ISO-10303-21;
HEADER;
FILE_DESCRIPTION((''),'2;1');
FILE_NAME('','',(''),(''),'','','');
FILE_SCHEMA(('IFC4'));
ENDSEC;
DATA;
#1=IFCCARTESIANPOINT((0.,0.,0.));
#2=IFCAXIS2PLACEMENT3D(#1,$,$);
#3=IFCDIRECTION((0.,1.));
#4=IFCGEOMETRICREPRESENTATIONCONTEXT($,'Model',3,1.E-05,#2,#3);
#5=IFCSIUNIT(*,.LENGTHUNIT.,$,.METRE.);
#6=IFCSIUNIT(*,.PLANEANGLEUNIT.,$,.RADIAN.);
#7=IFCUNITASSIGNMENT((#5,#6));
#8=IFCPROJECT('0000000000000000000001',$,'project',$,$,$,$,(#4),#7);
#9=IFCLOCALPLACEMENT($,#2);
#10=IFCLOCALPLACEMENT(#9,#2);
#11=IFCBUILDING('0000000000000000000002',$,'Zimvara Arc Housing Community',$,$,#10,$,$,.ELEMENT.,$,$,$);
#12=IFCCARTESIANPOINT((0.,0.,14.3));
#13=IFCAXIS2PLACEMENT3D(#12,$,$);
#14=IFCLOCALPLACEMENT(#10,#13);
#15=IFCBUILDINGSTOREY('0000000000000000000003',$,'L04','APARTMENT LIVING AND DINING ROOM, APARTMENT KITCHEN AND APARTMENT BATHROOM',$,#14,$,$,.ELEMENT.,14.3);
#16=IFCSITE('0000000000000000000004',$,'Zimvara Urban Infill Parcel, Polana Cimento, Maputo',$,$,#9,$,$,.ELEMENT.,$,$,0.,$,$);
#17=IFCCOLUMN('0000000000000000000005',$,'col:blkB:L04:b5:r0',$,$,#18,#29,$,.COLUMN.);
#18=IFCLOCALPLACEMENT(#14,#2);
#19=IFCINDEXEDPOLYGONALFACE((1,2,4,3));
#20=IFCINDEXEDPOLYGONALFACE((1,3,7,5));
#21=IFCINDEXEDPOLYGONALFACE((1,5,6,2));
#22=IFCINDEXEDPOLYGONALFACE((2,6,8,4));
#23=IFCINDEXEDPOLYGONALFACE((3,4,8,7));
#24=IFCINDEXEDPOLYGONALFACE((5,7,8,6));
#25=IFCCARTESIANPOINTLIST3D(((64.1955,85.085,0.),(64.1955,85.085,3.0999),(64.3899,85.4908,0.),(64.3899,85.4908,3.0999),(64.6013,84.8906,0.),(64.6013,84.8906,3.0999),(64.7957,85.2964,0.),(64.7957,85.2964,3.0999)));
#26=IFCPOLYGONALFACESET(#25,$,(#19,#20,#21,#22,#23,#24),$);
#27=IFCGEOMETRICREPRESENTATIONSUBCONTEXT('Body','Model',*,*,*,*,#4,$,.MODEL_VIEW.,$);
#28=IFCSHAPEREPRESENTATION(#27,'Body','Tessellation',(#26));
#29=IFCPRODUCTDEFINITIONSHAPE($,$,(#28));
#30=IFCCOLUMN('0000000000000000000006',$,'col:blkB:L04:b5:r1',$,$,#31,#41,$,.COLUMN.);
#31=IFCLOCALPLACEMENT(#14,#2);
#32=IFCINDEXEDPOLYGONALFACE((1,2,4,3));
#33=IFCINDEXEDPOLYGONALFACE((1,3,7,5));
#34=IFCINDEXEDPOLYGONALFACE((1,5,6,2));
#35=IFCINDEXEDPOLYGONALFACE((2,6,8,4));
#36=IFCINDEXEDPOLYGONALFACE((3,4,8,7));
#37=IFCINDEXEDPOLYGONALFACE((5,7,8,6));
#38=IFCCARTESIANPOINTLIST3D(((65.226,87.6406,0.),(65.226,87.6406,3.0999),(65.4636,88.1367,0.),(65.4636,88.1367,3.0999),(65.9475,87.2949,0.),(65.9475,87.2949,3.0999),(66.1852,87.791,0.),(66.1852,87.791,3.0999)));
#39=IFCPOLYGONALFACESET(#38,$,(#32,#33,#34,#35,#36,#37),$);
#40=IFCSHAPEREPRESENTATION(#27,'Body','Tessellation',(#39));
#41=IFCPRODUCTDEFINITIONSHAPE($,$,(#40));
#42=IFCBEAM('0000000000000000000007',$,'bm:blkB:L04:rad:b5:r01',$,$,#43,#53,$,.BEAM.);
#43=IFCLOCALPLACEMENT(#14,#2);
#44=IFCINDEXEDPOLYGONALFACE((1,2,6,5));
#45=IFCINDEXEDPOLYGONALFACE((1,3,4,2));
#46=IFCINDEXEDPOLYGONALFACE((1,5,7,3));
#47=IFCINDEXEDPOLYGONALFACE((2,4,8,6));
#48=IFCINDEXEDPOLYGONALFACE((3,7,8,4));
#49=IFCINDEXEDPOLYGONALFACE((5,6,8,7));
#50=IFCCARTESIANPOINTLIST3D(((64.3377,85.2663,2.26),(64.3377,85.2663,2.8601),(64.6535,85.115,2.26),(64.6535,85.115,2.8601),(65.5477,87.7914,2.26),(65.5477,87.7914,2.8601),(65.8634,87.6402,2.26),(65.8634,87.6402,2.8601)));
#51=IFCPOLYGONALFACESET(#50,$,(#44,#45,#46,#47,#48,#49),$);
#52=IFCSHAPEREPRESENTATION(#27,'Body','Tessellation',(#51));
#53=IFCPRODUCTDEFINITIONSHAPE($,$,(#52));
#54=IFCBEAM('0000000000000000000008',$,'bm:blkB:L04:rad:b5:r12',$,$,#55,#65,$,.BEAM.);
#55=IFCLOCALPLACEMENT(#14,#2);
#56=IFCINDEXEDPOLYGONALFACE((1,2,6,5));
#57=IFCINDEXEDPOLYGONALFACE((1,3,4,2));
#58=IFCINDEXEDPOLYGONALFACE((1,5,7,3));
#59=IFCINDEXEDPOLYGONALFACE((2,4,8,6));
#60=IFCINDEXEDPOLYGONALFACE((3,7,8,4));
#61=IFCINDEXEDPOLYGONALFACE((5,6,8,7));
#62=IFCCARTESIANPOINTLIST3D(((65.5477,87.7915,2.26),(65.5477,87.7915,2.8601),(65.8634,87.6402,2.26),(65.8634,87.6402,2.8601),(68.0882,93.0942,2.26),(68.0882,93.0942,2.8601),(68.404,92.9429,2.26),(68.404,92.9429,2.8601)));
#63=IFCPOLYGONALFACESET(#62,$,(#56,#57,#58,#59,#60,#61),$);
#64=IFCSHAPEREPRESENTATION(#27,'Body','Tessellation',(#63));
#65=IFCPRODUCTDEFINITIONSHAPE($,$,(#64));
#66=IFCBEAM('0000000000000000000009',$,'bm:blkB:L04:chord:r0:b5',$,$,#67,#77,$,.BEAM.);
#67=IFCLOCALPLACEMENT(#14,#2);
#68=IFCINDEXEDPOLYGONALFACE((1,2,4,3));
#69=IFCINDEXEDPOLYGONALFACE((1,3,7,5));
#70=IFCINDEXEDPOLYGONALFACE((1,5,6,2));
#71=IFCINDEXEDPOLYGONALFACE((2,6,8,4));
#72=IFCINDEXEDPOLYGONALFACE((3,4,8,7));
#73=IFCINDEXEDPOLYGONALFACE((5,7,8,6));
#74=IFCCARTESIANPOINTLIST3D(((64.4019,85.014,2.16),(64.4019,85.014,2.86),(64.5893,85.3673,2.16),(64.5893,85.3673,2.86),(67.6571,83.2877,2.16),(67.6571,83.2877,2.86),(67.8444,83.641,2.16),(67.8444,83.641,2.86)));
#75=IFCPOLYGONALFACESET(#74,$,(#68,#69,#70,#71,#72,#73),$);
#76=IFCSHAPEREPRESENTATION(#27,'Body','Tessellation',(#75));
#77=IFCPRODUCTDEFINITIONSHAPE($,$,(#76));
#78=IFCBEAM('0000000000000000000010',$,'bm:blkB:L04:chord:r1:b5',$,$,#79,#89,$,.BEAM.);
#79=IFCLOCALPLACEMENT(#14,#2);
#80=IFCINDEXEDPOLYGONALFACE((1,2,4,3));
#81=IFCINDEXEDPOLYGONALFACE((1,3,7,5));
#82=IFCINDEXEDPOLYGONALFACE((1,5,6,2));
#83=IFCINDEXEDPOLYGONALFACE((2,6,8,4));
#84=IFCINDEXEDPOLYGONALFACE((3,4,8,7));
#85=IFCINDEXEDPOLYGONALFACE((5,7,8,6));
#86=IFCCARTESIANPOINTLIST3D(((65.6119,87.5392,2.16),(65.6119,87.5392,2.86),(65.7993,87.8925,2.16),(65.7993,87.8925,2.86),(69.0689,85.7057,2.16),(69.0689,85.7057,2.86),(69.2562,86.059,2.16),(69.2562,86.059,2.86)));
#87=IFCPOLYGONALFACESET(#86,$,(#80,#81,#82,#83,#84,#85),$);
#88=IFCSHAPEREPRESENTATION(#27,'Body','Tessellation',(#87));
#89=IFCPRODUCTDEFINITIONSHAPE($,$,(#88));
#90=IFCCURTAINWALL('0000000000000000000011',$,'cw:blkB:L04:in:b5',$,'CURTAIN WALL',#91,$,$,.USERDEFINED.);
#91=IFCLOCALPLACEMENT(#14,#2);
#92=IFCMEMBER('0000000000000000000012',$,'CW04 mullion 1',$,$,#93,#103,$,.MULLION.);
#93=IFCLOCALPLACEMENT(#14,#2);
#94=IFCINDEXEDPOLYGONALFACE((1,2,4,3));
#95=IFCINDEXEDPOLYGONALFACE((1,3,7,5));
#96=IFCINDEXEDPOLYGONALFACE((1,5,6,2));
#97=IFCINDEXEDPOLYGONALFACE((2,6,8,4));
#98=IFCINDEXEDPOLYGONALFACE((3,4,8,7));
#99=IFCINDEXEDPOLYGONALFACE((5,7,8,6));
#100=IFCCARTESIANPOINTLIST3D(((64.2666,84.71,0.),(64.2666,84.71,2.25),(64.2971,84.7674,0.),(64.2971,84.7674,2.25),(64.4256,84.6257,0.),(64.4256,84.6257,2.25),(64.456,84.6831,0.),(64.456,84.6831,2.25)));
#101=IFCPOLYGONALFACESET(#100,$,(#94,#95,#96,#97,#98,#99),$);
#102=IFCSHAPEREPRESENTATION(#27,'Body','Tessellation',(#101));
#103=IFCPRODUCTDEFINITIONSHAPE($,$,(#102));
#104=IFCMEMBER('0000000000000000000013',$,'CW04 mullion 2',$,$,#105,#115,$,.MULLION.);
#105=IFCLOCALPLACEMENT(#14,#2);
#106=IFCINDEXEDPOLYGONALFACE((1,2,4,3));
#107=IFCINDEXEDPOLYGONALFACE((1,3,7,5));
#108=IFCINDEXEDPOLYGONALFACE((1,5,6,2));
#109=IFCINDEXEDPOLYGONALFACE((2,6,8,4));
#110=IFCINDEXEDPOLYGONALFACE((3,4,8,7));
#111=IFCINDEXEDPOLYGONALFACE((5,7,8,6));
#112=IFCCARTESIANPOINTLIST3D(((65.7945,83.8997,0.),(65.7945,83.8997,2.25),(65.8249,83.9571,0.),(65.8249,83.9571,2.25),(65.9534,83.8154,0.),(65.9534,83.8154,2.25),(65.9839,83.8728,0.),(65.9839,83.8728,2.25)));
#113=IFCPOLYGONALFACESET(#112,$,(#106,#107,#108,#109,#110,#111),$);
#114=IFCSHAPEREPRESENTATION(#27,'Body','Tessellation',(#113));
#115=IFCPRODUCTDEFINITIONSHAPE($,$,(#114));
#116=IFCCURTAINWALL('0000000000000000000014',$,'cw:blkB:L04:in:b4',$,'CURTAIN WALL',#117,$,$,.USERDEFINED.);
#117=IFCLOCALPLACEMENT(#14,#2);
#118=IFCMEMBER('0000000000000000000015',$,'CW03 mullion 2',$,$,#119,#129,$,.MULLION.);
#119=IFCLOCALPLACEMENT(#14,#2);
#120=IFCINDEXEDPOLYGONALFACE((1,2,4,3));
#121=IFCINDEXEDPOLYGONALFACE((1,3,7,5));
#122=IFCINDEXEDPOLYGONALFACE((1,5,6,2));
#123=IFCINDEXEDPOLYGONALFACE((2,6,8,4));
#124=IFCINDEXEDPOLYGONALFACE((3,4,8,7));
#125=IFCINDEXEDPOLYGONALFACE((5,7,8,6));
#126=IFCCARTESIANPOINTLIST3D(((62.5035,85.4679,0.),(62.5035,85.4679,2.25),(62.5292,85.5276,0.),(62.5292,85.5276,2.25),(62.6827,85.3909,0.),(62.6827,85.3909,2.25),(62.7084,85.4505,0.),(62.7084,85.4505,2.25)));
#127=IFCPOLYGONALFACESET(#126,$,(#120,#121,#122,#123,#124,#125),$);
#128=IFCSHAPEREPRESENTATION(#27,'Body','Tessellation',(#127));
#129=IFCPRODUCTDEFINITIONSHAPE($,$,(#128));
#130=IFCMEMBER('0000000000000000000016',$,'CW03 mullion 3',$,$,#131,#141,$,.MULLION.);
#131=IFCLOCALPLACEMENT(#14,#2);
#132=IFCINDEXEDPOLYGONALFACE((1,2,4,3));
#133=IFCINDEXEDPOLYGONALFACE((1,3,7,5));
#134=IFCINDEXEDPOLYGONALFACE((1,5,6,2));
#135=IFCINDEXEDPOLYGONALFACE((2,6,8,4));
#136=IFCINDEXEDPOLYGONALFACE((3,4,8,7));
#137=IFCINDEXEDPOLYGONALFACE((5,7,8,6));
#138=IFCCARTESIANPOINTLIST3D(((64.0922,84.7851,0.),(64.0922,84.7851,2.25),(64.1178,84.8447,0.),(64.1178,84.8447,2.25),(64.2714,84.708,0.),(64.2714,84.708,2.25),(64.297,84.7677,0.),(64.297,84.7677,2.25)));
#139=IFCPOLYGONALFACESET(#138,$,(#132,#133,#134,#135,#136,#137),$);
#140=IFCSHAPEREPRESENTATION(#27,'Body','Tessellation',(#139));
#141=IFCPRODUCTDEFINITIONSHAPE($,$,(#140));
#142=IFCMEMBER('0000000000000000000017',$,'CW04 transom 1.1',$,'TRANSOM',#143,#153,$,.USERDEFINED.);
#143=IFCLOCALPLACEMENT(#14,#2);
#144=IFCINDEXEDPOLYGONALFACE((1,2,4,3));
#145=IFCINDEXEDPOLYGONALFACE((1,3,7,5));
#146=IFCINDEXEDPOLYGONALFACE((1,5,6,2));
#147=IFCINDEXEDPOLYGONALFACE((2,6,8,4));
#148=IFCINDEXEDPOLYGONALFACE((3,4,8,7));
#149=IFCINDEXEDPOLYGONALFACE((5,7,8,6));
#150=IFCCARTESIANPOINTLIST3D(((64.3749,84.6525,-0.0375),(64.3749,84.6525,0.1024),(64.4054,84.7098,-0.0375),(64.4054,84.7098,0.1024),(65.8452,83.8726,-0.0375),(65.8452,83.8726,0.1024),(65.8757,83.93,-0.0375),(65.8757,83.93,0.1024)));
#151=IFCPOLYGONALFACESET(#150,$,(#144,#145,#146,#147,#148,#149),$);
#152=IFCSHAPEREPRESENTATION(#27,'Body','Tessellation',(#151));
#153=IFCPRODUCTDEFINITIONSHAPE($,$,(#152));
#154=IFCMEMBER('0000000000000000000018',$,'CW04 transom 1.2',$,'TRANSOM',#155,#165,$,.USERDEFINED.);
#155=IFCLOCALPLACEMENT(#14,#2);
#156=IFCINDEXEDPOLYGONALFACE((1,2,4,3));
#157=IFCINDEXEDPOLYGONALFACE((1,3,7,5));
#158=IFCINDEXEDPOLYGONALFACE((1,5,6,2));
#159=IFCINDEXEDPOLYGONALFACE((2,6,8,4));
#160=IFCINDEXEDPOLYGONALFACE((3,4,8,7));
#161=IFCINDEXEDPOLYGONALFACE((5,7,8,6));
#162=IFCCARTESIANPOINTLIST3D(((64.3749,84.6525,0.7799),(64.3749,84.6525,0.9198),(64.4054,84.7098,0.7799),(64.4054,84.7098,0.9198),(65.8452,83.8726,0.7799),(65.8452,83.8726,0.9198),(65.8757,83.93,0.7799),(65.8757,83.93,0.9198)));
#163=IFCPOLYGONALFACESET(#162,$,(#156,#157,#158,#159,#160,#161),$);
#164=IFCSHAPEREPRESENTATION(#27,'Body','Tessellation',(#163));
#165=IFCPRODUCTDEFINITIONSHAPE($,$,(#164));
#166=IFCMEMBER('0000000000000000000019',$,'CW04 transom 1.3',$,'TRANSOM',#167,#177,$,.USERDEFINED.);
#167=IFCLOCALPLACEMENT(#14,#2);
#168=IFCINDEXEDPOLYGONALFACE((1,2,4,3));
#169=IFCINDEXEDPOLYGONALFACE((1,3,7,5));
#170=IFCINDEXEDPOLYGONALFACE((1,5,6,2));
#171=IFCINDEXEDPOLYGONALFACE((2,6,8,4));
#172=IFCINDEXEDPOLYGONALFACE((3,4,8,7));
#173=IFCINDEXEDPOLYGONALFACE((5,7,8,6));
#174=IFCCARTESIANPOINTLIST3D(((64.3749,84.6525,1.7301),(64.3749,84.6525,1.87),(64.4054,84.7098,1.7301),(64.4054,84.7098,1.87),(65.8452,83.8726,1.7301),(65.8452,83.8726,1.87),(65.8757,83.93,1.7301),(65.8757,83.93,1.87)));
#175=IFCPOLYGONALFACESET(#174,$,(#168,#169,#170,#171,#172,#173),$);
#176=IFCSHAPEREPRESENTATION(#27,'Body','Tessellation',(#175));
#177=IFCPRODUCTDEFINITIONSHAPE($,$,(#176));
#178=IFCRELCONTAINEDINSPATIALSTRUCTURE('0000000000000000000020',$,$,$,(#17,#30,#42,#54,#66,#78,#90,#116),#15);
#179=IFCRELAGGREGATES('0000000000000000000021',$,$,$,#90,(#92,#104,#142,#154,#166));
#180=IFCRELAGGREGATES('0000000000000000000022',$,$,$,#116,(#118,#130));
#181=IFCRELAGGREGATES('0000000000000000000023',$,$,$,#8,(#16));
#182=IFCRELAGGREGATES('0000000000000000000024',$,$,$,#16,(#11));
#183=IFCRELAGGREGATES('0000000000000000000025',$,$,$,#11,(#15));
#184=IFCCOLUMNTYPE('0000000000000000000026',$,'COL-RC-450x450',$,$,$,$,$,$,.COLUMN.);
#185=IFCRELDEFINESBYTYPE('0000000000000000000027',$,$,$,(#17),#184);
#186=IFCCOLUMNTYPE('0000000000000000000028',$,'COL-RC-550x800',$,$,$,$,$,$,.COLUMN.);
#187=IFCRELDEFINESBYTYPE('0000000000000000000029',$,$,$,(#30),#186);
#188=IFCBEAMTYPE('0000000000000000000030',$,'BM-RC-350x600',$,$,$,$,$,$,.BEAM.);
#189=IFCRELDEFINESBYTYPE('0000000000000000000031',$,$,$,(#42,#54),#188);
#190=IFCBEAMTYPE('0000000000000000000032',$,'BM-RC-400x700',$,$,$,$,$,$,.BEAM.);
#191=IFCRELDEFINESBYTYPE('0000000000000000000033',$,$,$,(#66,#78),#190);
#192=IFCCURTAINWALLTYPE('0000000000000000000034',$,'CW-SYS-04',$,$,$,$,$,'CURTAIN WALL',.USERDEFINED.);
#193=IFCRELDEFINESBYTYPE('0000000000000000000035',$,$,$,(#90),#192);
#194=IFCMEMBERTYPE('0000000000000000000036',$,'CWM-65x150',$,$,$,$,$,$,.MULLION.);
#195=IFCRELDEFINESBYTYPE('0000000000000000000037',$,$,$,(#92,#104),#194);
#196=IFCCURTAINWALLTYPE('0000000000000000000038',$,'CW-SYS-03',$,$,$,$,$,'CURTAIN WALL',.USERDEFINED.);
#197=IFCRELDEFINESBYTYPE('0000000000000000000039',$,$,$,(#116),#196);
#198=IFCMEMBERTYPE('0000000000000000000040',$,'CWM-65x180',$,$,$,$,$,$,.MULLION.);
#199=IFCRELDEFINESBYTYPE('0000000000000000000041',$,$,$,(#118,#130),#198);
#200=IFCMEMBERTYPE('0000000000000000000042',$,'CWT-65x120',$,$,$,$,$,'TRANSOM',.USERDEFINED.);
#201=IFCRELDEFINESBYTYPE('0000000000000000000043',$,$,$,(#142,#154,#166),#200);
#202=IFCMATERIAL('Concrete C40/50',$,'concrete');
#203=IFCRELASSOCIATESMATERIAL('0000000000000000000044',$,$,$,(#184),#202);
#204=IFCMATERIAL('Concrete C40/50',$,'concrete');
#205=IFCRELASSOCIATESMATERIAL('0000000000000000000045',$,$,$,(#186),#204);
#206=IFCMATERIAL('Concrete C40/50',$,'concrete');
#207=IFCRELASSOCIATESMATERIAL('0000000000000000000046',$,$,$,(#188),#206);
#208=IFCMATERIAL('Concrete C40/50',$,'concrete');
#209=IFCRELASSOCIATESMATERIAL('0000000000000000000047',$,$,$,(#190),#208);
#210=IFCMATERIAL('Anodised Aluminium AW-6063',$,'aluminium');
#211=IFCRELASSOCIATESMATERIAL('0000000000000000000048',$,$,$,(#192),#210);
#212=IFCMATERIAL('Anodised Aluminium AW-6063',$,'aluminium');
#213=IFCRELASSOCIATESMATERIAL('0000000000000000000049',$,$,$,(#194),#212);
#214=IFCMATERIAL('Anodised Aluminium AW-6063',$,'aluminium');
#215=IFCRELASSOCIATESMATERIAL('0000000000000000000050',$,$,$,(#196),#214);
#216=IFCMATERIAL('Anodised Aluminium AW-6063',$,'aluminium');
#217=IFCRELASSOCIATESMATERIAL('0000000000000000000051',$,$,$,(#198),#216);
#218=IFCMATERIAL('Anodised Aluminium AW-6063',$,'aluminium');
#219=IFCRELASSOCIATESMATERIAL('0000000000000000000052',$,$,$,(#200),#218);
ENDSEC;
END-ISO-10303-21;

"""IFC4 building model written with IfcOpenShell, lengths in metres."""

from ifc_helpers import new_model, si_unit, direction, frame, origin, origin_2d, place, context, subcontext, project, spatial, rectangle, extrude, material, material_profile, profile_set, type_object, element, aggregate, save


model = new_model("IFC4")

# Units and contexts
model_context = context("Model", 3, precision=1e-05, world=origin(), true_north=direction((0.0, 1.0)))
body_context = subcontext(model_context, "Body", "Model", "MODEL_VIEW")
ifc_project = project(units=[si_unit("LENGTHUNIT", "METRE"), si_unit("PLANEANGLEUNIT", "RADIAN")], contexts=[model_context])

# Site, building, storey
site_placement = place(None, origin())
site = spatial("IfcSite", under=ifc_project, at=site_placement, Name="Zimvara Urban Infill Parcel, Polana Cimento, Maputo", CompositionType="ELEMENT", RefElevation=0.0)
building_placement = place(site_placement, origin())
building = spatial("IfcBuilding", under=site, at=building_placement, Name="Zimvara Arc Housing Community", CompositionType="ELEMENT")
storey_placement = place(building_placement, frame((0.0, 0.0, 14.3)))
storey = spatial("IfcBuildingStorey", under=building, at=storey_placement, Name="L04", Description="APARTMENT LIVING AND DINING ROOM, APARTMENT KITCHEN AND APARTMENT BATHROOM", CompositionType="ELEMENT", Elevation=14.3)

# Columns
ifc_material_1 = material(Name="Concrete C40/50", Category="concrete")
ifc_material_profile_1 = material_profile(ifc_material_1, rectangle(XDim=0.45, YDim=0.45, at=origin_2d()), Name="RC 450x450")
ifc_profile_set_1 = profile_set([ifc_material_profile_1], Name="Concrete C40/50")
column_type_1 = type_object("IfcColumnType", Name="COL-RC-450x450", PredefinedType="COLUMN", material=ifc_profile_set_1)
column_1_placement = place(storey_placement, frame((64.4956, 85.1907, 0.0), z_axis=(0.0, 0.0, 1.0), x_axis=(0.432086, 0.901833, 0.0)))
element("IfcColumn", 1, at=column_1_placement, inside=storey, type_object=column_type_1, Name="col:blkB:L04:b5:r0", PredefinedType="COLUMN", context=body_context, shape_type="SweptSolid", body=[
    extrude(rectangle(XDim=0.45, YDim=0.45, at=origin_2d()), origin(), (0.0, 0.0, 1.0), 3.0999),
])
ifc_material_2 = material(Name="Concrete C40/50", Category="concrete")
ifc_material_profile_2 = material_profile(ifc_material_2, rectangle(XDim=0.55, YDim=0.8, at=origin_2d()), Name="RC 550x800")
ifc_profile_set_2 = profile_set([ifc_material_profile_2], Name="Concrete C40/50")
column_type_2 = type_object("IfcColumnType", Name="COL-RC-550x800", PredefinedType="COLUMN", material=ifc_profile_set_2)
column_2_placement = place(storey_placement, frame((65.7056, 87.7158, 0.0), z_axis=(0.0, 0.0, 1.0), x_axis=(0.432086, 0.901833, 0.0)))
element("IfcColumn", 2, at=column_2_placement, inside=storey, type_object=column_type_2, Name="col:blkB:L04:b5:r1", PredefinedType="COLUMN", context=body_context, shape_type="SweptSolid", body=[
    extrude(rectangle(XDim=0.55, YDim=0.8, at=origin_2d()), origin(), (0.0, 0.0, 1.0), 3.0999),
])

# Beams
ifc_material_3 = material(Name="Concrete C40/50", Category="concrete")
ifc_material_profile_3 = material_profile(ifc_material_3, rectangle(XDim=0.3501, YDim=0.6001, at=origin_2d()), Name="RC 350x600")
ifc_profile_set_3 = profile_set([ifc_material_profile_3], Name="Concrete C40/50")
beam_type_1 = type_object("IfcBeamType", Name="BM-RC-350x600", PredefinedType="BEAM", material=ifc_profile_set_3)
beam_1_placement = place(storey_placement, frame((64.4956, 85.1907, 2.5601), z_axis=(0.432119, 0.901817, 0.0), x_axis=(-0.901817, 0.432119, 0.0)))
element("IfcBeam", 3, at=beam_1_placement, inside=storey, type_object=beam_type_1, Name="bm:blkB:L04:rad:b5:r01", PredefinedType="BEAM", context=body_context, shape_type="SweptSolid", body=[
    extrude(rectangle(XDim=0.3501, YDim=0.6001, at=origin_2d()), origin(), (0.0, 0.0, 1.0), 2.8),
])
beam_2_placement = place(storey_placement, frame((65.7056, 87.7158, 2.5601), z_axis=(0.43207, 0.90184, 0.0), x_axis=(-0.90184, 0.43207, 0.0)))
element("IfcBeam", 4, at=beam_2_placement, inside=storey, type_object=beam_type_1, Name="bm:blkB:L04:rad:b5:r12", PredefinedType="BEAM", context=body_context, shape_type="SweptSolid", body=[
    extrude(rectangle(XDim=0.3501, YDim=0.6001, at=origin_2d()), origin(), (0.0, 0.0, 1.0), 5.8799),
])
ifc_material_4 = material(Name="Concrete C40/50", Category="concrete")
ifc_material_profile_4 = material_profile(ifc_material_4, rectangle(XDim=0.3999, YDim=0.7, at=origin_2d()), Name="RC 400x700")
ifc_profile_set_4 = profile_set([ifc_material_profile_4], Name="Concrete C40/50")
beam_type_2 = type_object("IfcBeamType", Name="BM-RC-400x700", PredefinedType="BEAM", material=ifc_profile_set_4)
beam_3_placement = place(storey_placement, frame((64.4956, 85.1907, 2.51), z_axis=(0.883449, -0.468527, 0.0), x_axis=(0.468527, 0.883449, 0.0)))
element("IfcBeam", 5, at=beam_3_placement, inside=storey, type_object=beam_type_2, Name="bm:blkB:L04:chord:r0:b5", PredefinedType="BEAM", context=body_context, shape_type="SweptSolid", body=[
    extrude(rectangle(XDim=0.3999, YDim=0.7, at=origin_2d()), origin(), (0.0, 0.0, 1.0), 3.6846),
])
beam_4_placement = place(storey_placement, frame((65.7056, 87.7158, 2.51), z_axis=(0.883439, -0.468547, 0.0), x_axis=(0.468547, 0.883439, 0.0)))
element("IfcBeam", 6, at=beam_4_placement, inside=storey, type_object=beam_type_2, Name="bm:blkB:L04:chord:r1:b5", PredefinedType="BEAM", context=body_context, shape_type="SweptSolid", body=[
    extrude(rectangle(XDim=0.3999, YDim=0.7, at=origin_2d()), origin(), (0.0, 0.0, 1.0), 3.9131),
])

# Curtain walls, members
ifc_material_5 = material(Name="Anodised Aluminium AW-6063", Category="aluminium")
curtain_wall_type_1 = type_object("IfcCurtainWallType", Name="CW-SYS-04", ElementType="CURTAIN WALL", PredefinedType="USERDEFINED", material=ifc_material_5)
curtain_wall_1_placement = place(storey_placement, origin())
curtain_wall_1 = element("IfcCurtainWall", 7, at=curtain_wall_1_placement, inside=storey, type_object=curtain_wall_type_1, Name="cw:blkB:L04:in:b5", ObjectType="CURTAIN WALL", PredefinedType="USERDEFINED")
ifc_material_6 = material(Name="Anodised Aluminium AW-6063", Category="aluminium")
ifc_material_profile_5 = material_profile(ifc_material_6, rectangle(XDim=0.0649, YDim=0.1799, at=origin_2d()), Name="ALU 65x180")
ifc_profile_set_5 = profile_set([ifc_material_profile_5], Name="Anodised Aluminium AW-6063")
member_type_1 = type_object("IfcMemberType", Name="CWM-65x150", PredefinedType="MULLION", material=ifc_profile_set_5)
member_1_placement = place(storey_placement, frame((64.3613, 84.6965, 0.0), z_axis=(0.0, 0.0, 1.0), x_axis=(0.468545, 0.88344, 0.0)))
member_1 = element("IfcMember", 8, at=member_1_placement, type_object=member_type_1, Name="CW04 mullion 1", PredefinedType="MULLION", context=body_context, shape_type="SweptSolid", body=[
    extrude(rectangle(XDim=0.0649, YDim=0.1799, at=origin_2d()), origin(), (0.0, 0.0, 1.0), 2.25),
])
member_2_placement = place(storey_placement, frame((65.8892, 83.8862, 0.0), z_axis=(0.0, 0.0, 1.0), x_axis=(0.468545, 0.88344, 0.0)))
member_2 = element("IfcMember", 9, at=member_2_placement, type_object=member_type_1, Name="CW04 mullion 2", PredefinedType="MULLION", context=body_context, shape_type="SweptSolid", body=[
    extrude(rectangle(XDim=0.0649, YDim=0.1799, at=origin_2d()), origin(), (0.0, 0.0, 1.0), 2.25),
])
ifc_material_7 = material(Name="Anodised Aluminium AW-6063", Category="aluminium")
curtain_wall_type_2 = type_object("IfcCurtainWallType", Name="CW-SYS-03", ElementType="CURTAIN WALL", PredefinedType="USERDEFINED", material=ifc_material_7)
curtain_wall_2_placement = place(storey_placement, origin())
curtain_wall_2 = element("IfcCurtainWall", 10, at=curtain_wall_2_placement, inside=storey, type_object=curtain_wall_type_2, Name="cw:blkB:L04:in:b4", ObjectType="CURTAIN WALL", PredefinedType="USERDEFINED")
ifc_material_8 = material(Name="Anodised Aluminium AW-6063", Category="aluminium")
ifc_material_profile_6 = material_profile(ifc_material_8, rectangle(XDim=0.0649, YDim=0.1951, at=origin_2d()), Name="ALU 65x195")
ifc_profile_set_6 = profile_set([ifc_material_profile_6], Name="Anodised Aluminium AW-6063")
member_type_2 = type_object("IfcMemberType", Name="CWM-65x180", PredefinedType="MULLION", material=ifc_profile_set_6)
member_3_placement = place(storey_placement, frame((62.606, 85.4592, 0.0), z_axis=(0.0, 0.0, 1.0), x_axis=(0.394904, 0.918722, 0.0)))
member_3 = element("IfcMember", 11, at=member_3_placement, type_object=member_type_2, Name="CW03 mullion 2", PredefinedType="MULLION", context=body_context, shape_type="SweptSolid", body=[
    extrude(rectangle(XDim=0.0649, YDim=0.1951, at=origin_2d()), origin(), (0.0, 0.0, 1.0), 2.25),
])
member_4_placement = place(storey_placement, frame((64.1946, 84.7764, 0.0), z_axis=(0.0, 0.0, 1.0), x_axis=(0.394904, 0.918722, 0.0)))
member_4 = element("IfcMember", 12, at=member_4_placement, type_object=member_type_2, Name="CW03 mullion 3", PredefinedType="MULLION", context=body_context, shape_type="SweptSolid", body=[
    extrude(rectangle(XDim=0.0649, YDim=0.1951, at=origin_2d()), origin(), (0.0, 0.0, 1.0), 2.25),
])

# Members
ifc_material_9 = material(Name="Anodised Aluminium AW-6063", Category="aluminium")
ifc_material_profile_7 = material_profile(ifc_material_9, rectangle(XDim=0.0649, YDim=0.1399, at=origin_2d()), Name="ALU 65x140")
ifc_profile_set_7 = profile_set([ifc_material_profile_7], Name="Anodised Aluminium AW-6063")
member_type_3 = type_object("IfcMemberType", Name="CWT-65x120", ElementType="TRANSOM", PredefinedType="USERDEFINED", material=ifc_profile_set_7)
member_5_placement = place(storey_placement, frame((64.3901, 84.6812, 0.0325), z_axis=(0.883431, -0.468562, 0.0), x_axis=(0.468562, 0.883431, 0.0)))
member_5 = element("IfcMember", 13, at=member_5_placement, type_object=member_type_3, Name="CW04 transom 1.1", ObjectType="TRANSOM", PredefinedType="USERDEFINED", context=body_context, shape_type="SweptSolid", body=[
    extrude(rectangle(XDim=0.0649, YDim=0.1399, at=origin_2d()), origin(), (0.0, 0.0, 1.0), 1.6643),
])
member_6_placement = place(storey_placement, frame((64.3901, 84.6812, 0.8499), z_axis=(0.883431, -0.468562, 0.0), x_axis=(0.468562, 0.883431, 0.0)))
member_6 = element("IfcMember", 14, at=member_6_placement, type_object=member_type_3, Name="CW04 transom 1.2", ObjectType="TRANSOM", PredefinedType="USERDEFINED", context=body_context, shape_type="SweptSolid", body=[
    extrude(rectangle(XDim=0.0649, YDim=0.1399, at=origin_2d()), origin(), (0.0, 0.0, 1.0), 1.6643),
])
member_7_placement = place(storey_placement, frame((64.3901, 84.6812, 1.8), z_axis=(0.883431, -0.468562, 0.0), x_axis=(0.468562, 0.883431, 0.0)))
member_7 = element("IfcMember", 15, at=member_7_placement, type_object=member_type_3, Name="CW04 transom 1.3", ObjectType="TRANSOM", PredefinedType="USERDEFINED", context=body_context, shape_type="SweptSolid", body=[
    extrude(rectangle(XDim=0.0649, YDim=0.1399, at=origin_2d()), origin(), (0.0, 0.0, 1.0), 1.6643),
])

aggregate(curtain_wall_1, [member_1, member_2, member_5, member_6, member_7])
aggregate(curtain_wall_2, [member_3, member_4])

save(model, "model.ifc")
